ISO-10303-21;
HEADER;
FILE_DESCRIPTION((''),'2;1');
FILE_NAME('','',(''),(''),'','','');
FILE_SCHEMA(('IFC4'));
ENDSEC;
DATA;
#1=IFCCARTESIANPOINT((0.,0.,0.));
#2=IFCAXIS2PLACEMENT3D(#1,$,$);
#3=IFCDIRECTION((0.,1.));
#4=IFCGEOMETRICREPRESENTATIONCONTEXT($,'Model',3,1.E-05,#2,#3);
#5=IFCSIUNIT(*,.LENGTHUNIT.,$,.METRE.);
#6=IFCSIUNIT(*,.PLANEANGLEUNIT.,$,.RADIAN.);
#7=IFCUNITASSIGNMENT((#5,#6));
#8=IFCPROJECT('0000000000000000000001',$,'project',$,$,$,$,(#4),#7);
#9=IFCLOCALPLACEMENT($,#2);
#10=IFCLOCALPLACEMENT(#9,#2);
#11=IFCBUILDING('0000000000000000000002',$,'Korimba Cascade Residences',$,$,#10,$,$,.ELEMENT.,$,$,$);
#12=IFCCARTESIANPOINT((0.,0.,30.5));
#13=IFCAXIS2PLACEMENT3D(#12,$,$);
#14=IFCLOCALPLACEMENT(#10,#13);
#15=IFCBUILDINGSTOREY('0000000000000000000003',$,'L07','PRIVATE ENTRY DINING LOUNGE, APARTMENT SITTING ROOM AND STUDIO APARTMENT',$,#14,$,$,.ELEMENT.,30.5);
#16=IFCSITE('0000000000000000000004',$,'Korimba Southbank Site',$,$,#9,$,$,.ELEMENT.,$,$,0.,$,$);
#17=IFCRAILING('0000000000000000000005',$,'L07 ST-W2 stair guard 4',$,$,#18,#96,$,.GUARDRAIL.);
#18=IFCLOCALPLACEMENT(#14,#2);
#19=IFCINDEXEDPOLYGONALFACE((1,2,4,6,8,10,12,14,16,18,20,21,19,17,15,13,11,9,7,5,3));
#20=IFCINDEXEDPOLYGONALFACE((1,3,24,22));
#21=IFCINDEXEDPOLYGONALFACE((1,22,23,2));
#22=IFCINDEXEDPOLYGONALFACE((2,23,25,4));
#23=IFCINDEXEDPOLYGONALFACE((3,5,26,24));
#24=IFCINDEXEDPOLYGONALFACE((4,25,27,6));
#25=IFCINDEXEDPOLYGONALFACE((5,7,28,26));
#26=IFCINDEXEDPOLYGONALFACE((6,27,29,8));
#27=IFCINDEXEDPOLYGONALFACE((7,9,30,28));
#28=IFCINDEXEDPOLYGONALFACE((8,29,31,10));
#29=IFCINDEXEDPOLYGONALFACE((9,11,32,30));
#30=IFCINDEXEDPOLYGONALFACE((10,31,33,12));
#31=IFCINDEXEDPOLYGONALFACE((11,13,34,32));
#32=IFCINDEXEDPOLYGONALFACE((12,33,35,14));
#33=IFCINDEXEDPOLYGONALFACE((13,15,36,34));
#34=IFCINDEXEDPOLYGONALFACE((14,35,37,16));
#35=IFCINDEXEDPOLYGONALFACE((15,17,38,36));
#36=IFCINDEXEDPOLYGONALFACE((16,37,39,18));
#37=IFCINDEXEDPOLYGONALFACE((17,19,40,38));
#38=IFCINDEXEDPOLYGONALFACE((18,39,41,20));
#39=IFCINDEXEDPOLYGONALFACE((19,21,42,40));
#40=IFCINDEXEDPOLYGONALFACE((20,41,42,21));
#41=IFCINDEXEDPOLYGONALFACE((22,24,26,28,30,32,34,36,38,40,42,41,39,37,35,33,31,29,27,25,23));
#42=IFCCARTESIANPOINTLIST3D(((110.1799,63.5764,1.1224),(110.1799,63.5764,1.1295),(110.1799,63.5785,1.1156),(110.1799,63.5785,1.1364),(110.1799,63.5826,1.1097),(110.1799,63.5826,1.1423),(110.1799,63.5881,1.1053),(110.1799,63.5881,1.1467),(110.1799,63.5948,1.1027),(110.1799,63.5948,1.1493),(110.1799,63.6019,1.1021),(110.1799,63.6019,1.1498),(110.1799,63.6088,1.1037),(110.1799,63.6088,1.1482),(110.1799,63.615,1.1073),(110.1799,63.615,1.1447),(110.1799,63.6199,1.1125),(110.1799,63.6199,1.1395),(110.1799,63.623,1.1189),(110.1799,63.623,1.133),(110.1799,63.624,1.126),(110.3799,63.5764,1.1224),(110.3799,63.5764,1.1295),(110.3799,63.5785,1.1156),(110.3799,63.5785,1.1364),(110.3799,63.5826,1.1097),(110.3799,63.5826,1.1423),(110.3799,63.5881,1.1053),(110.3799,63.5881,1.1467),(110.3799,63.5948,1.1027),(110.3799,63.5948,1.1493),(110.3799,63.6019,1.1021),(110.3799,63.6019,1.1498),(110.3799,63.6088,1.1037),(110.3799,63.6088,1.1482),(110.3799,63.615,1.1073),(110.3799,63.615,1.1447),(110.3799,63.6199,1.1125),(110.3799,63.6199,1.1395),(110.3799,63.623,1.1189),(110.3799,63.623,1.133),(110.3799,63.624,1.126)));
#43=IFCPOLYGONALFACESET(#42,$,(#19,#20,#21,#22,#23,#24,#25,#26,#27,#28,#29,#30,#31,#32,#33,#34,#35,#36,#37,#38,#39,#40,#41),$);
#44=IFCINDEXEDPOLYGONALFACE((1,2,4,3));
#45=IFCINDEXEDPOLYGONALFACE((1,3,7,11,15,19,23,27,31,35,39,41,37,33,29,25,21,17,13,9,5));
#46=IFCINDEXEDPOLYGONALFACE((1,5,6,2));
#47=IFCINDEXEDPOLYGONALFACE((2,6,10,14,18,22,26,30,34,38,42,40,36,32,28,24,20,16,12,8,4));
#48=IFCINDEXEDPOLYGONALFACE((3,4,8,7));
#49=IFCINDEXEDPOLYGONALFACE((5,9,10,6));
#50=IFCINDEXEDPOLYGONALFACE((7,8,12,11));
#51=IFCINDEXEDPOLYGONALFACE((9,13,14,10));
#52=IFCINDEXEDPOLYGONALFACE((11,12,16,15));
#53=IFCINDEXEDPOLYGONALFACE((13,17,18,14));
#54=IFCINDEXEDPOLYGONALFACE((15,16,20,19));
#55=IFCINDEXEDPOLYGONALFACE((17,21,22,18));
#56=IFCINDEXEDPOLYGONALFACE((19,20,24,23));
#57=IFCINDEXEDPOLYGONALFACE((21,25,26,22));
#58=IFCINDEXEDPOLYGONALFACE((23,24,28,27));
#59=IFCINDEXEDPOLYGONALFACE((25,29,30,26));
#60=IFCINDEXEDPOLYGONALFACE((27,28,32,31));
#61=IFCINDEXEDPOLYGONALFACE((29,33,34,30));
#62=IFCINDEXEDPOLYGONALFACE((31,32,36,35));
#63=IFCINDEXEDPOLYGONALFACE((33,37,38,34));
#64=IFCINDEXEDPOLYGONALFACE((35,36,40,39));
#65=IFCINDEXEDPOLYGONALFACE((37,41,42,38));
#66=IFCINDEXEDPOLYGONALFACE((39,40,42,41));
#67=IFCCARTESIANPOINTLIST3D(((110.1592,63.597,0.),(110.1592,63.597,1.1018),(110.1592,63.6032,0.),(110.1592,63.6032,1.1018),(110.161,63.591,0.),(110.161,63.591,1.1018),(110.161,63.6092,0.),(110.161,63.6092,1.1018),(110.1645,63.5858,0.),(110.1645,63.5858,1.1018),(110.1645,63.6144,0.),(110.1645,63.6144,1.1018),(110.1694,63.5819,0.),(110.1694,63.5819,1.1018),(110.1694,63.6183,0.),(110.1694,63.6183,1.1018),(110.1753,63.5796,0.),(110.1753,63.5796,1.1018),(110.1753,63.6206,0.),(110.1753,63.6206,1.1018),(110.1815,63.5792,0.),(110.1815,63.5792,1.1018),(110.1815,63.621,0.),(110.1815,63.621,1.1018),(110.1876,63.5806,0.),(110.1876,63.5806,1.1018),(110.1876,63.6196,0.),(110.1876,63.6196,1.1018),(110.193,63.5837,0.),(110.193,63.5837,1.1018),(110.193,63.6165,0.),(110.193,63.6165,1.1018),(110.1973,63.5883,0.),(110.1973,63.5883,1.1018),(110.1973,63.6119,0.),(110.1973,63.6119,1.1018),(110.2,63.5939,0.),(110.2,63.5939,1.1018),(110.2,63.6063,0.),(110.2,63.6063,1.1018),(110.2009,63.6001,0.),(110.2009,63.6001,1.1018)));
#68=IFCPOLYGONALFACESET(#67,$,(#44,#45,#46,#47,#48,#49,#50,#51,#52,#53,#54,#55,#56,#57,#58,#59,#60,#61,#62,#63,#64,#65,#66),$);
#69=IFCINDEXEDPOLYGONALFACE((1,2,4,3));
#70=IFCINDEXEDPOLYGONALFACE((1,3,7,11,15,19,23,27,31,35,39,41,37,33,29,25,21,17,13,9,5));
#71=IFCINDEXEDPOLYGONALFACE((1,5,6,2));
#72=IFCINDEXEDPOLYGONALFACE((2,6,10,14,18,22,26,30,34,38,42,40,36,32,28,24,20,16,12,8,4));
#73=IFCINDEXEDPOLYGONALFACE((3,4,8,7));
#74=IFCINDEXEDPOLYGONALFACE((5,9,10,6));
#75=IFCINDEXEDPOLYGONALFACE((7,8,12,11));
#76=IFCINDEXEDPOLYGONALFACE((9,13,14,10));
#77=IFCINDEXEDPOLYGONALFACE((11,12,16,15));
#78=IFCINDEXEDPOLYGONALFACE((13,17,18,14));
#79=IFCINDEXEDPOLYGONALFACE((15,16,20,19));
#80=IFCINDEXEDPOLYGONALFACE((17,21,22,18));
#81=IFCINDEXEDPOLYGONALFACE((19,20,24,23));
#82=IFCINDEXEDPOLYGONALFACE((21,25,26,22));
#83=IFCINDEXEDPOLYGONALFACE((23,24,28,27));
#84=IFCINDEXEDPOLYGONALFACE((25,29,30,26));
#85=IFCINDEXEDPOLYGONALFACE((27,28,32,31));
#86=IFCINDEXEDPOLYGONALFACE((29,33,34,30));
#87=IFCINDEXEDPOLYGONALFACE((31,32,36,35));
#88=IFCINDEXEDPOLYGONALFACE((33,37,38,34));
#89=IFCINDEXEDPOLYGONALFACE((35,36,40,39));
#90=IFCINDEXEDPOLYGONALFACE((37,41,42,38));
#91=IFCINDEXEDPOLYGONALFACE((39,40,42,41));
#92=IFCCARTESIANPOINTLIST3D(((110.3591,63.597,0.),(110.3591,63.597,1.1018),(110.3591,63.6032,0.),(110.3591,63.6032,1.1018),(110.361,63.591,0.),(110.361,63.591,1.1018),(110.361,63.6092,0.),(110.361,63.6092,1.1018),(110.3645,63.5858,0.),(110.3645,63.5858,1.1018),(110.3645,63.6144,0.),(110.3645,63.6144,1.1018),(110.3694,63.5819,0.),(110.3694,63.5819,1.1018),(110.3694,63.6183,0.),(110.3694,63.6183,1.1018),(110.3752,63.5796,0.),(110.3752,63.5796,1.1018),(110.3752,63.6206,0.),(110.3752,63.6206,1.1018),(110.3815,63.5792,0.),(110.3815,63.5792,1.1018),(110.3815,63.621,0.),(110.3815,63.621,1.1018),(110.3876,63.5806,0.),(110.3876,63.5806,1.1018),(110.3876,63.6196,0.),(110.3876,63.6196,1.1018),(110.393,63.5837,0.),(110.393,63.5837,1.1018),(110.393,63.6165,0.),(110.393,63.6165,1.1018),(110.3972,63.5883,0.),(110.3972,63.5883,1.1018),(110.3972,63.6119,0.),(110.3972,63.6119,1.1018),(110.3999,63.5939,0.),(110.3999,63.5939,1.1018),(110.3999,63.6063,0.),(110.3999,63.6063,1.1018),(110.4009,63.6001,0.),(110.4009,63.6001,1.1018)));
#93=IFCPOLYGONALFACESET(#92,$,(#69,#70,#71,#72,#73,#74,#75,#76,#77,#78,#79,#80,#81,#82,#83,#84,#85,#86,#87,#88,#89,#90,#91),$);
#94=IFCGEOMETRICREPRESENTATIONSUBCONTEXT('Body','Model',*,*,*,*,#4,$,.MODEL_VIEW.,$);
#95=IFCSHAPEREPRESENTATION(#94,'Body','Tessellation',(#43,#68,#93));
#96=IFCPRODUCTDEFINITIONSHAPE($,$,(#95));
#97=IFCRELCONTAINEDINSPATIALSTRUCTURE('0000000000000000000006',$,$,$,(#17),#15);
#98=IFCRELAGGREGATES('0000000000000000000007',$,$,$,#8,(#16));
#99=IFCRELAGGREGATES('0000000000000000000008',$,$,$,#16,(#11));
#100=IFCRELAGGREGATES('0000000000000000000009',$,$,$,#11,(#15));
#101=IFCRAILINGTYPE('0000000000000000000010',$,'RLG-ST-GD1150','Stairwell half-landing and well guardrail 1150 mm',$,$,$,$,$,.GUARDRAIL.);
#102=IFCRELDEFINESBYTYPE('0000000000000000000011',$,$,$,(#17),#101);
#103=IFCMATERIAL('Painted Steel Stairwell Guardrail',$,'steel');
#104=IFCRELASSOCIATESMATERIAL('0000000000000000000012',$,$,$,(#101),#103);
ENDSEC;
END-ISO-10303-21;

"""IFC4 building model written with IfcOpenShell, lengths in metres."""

from ifc_helpers import new_model, si_unit, direction, frame, origin, origin_2d, place, context, subcontext, project, spatial, circle, extrude, material, type_object, element, save


model = new_model("IFC4")

# Units and contexts
model_context = context("Model", 3, precision=1e-05, world=origin(), true_north=direction((0.0, 1.0)))
body_context = subcontext(model_context, "Body", "Model", "MODEL_VIEW")
ifc_project = project(units=[si_unit("LENGTHUNIT", "METRE"), si_unit("PLANEANGLEUNIT", "RADIAN")], contexts=[model_context])

# Site, building, storey
site_placement = place(None, origin())
site = spatial("IfcSite", under=ifc_project, at=site_placement, Name="Korimba Southbank Site", CompositionType="ELEMENT", RefElevation=0.0)
building_placement = place(site_placement, origin())
building = spatial("IfcBuilding", under=site, at=building_placement, Name="Korimba Cascade Residences", CompositionType="ELEMENT")
storey_placement = place(building_placement, frame((0.0, 0.0, 30.5)))
storey = spatial("IfcBuildingStorey", under=building, at=storey_placement, Name="L07", Description="PRIVATE ENTRY DINING LOUNGE, APARTMENT SITTING ROOM AND STUDIO APARTMENT", CompositionType="ELEMENT", Elevation=30.5)

# Railing
ifc_material_1 = material(Name="Painted Steel Stairwell Guardrail", Category="steel")
railing_type_1 = type_object("IfcRailingType", Name="RLG-ST-GD1150", Description="Stairwell half-landing and well guardrail 1150 mm", PredefinedType="GUARDRAIL", material=ifc_material_1)
railing_1_placement = place(storey_placement, frame((110.1799, 63.6001, 0.0)))
element("IfcRailing", 1, at=railing_1_placement, inside=storey, type_object=railing_type_1, Name="L07 ST-W2 stair guard 4", PredefinedType="GUARDRAIL", context=body_context, shape_type="SweptSolid", body=[
    extrude(circle(Radius=0.0239, at=origin_2d()), frame((0.0, 0.0, 1.126), z_axis=(1.0, 0.0, 0.0), x_axis=(0.0, 1.0, 0.0)), (0.0, 0.0, 1.0), 0.2),
    extrude(circle(Radius=0.021, at=origin_2d()), origin(), (0.0, 0.0, 1.0), 1.1018),
    extrude(circle(Radius=0.021, at=origin_2d()), frame((0.2, 0.0, 0.0)), (0.0, 0.0, 1.0), 1.1018),
])

save(model, "model.ifc")
